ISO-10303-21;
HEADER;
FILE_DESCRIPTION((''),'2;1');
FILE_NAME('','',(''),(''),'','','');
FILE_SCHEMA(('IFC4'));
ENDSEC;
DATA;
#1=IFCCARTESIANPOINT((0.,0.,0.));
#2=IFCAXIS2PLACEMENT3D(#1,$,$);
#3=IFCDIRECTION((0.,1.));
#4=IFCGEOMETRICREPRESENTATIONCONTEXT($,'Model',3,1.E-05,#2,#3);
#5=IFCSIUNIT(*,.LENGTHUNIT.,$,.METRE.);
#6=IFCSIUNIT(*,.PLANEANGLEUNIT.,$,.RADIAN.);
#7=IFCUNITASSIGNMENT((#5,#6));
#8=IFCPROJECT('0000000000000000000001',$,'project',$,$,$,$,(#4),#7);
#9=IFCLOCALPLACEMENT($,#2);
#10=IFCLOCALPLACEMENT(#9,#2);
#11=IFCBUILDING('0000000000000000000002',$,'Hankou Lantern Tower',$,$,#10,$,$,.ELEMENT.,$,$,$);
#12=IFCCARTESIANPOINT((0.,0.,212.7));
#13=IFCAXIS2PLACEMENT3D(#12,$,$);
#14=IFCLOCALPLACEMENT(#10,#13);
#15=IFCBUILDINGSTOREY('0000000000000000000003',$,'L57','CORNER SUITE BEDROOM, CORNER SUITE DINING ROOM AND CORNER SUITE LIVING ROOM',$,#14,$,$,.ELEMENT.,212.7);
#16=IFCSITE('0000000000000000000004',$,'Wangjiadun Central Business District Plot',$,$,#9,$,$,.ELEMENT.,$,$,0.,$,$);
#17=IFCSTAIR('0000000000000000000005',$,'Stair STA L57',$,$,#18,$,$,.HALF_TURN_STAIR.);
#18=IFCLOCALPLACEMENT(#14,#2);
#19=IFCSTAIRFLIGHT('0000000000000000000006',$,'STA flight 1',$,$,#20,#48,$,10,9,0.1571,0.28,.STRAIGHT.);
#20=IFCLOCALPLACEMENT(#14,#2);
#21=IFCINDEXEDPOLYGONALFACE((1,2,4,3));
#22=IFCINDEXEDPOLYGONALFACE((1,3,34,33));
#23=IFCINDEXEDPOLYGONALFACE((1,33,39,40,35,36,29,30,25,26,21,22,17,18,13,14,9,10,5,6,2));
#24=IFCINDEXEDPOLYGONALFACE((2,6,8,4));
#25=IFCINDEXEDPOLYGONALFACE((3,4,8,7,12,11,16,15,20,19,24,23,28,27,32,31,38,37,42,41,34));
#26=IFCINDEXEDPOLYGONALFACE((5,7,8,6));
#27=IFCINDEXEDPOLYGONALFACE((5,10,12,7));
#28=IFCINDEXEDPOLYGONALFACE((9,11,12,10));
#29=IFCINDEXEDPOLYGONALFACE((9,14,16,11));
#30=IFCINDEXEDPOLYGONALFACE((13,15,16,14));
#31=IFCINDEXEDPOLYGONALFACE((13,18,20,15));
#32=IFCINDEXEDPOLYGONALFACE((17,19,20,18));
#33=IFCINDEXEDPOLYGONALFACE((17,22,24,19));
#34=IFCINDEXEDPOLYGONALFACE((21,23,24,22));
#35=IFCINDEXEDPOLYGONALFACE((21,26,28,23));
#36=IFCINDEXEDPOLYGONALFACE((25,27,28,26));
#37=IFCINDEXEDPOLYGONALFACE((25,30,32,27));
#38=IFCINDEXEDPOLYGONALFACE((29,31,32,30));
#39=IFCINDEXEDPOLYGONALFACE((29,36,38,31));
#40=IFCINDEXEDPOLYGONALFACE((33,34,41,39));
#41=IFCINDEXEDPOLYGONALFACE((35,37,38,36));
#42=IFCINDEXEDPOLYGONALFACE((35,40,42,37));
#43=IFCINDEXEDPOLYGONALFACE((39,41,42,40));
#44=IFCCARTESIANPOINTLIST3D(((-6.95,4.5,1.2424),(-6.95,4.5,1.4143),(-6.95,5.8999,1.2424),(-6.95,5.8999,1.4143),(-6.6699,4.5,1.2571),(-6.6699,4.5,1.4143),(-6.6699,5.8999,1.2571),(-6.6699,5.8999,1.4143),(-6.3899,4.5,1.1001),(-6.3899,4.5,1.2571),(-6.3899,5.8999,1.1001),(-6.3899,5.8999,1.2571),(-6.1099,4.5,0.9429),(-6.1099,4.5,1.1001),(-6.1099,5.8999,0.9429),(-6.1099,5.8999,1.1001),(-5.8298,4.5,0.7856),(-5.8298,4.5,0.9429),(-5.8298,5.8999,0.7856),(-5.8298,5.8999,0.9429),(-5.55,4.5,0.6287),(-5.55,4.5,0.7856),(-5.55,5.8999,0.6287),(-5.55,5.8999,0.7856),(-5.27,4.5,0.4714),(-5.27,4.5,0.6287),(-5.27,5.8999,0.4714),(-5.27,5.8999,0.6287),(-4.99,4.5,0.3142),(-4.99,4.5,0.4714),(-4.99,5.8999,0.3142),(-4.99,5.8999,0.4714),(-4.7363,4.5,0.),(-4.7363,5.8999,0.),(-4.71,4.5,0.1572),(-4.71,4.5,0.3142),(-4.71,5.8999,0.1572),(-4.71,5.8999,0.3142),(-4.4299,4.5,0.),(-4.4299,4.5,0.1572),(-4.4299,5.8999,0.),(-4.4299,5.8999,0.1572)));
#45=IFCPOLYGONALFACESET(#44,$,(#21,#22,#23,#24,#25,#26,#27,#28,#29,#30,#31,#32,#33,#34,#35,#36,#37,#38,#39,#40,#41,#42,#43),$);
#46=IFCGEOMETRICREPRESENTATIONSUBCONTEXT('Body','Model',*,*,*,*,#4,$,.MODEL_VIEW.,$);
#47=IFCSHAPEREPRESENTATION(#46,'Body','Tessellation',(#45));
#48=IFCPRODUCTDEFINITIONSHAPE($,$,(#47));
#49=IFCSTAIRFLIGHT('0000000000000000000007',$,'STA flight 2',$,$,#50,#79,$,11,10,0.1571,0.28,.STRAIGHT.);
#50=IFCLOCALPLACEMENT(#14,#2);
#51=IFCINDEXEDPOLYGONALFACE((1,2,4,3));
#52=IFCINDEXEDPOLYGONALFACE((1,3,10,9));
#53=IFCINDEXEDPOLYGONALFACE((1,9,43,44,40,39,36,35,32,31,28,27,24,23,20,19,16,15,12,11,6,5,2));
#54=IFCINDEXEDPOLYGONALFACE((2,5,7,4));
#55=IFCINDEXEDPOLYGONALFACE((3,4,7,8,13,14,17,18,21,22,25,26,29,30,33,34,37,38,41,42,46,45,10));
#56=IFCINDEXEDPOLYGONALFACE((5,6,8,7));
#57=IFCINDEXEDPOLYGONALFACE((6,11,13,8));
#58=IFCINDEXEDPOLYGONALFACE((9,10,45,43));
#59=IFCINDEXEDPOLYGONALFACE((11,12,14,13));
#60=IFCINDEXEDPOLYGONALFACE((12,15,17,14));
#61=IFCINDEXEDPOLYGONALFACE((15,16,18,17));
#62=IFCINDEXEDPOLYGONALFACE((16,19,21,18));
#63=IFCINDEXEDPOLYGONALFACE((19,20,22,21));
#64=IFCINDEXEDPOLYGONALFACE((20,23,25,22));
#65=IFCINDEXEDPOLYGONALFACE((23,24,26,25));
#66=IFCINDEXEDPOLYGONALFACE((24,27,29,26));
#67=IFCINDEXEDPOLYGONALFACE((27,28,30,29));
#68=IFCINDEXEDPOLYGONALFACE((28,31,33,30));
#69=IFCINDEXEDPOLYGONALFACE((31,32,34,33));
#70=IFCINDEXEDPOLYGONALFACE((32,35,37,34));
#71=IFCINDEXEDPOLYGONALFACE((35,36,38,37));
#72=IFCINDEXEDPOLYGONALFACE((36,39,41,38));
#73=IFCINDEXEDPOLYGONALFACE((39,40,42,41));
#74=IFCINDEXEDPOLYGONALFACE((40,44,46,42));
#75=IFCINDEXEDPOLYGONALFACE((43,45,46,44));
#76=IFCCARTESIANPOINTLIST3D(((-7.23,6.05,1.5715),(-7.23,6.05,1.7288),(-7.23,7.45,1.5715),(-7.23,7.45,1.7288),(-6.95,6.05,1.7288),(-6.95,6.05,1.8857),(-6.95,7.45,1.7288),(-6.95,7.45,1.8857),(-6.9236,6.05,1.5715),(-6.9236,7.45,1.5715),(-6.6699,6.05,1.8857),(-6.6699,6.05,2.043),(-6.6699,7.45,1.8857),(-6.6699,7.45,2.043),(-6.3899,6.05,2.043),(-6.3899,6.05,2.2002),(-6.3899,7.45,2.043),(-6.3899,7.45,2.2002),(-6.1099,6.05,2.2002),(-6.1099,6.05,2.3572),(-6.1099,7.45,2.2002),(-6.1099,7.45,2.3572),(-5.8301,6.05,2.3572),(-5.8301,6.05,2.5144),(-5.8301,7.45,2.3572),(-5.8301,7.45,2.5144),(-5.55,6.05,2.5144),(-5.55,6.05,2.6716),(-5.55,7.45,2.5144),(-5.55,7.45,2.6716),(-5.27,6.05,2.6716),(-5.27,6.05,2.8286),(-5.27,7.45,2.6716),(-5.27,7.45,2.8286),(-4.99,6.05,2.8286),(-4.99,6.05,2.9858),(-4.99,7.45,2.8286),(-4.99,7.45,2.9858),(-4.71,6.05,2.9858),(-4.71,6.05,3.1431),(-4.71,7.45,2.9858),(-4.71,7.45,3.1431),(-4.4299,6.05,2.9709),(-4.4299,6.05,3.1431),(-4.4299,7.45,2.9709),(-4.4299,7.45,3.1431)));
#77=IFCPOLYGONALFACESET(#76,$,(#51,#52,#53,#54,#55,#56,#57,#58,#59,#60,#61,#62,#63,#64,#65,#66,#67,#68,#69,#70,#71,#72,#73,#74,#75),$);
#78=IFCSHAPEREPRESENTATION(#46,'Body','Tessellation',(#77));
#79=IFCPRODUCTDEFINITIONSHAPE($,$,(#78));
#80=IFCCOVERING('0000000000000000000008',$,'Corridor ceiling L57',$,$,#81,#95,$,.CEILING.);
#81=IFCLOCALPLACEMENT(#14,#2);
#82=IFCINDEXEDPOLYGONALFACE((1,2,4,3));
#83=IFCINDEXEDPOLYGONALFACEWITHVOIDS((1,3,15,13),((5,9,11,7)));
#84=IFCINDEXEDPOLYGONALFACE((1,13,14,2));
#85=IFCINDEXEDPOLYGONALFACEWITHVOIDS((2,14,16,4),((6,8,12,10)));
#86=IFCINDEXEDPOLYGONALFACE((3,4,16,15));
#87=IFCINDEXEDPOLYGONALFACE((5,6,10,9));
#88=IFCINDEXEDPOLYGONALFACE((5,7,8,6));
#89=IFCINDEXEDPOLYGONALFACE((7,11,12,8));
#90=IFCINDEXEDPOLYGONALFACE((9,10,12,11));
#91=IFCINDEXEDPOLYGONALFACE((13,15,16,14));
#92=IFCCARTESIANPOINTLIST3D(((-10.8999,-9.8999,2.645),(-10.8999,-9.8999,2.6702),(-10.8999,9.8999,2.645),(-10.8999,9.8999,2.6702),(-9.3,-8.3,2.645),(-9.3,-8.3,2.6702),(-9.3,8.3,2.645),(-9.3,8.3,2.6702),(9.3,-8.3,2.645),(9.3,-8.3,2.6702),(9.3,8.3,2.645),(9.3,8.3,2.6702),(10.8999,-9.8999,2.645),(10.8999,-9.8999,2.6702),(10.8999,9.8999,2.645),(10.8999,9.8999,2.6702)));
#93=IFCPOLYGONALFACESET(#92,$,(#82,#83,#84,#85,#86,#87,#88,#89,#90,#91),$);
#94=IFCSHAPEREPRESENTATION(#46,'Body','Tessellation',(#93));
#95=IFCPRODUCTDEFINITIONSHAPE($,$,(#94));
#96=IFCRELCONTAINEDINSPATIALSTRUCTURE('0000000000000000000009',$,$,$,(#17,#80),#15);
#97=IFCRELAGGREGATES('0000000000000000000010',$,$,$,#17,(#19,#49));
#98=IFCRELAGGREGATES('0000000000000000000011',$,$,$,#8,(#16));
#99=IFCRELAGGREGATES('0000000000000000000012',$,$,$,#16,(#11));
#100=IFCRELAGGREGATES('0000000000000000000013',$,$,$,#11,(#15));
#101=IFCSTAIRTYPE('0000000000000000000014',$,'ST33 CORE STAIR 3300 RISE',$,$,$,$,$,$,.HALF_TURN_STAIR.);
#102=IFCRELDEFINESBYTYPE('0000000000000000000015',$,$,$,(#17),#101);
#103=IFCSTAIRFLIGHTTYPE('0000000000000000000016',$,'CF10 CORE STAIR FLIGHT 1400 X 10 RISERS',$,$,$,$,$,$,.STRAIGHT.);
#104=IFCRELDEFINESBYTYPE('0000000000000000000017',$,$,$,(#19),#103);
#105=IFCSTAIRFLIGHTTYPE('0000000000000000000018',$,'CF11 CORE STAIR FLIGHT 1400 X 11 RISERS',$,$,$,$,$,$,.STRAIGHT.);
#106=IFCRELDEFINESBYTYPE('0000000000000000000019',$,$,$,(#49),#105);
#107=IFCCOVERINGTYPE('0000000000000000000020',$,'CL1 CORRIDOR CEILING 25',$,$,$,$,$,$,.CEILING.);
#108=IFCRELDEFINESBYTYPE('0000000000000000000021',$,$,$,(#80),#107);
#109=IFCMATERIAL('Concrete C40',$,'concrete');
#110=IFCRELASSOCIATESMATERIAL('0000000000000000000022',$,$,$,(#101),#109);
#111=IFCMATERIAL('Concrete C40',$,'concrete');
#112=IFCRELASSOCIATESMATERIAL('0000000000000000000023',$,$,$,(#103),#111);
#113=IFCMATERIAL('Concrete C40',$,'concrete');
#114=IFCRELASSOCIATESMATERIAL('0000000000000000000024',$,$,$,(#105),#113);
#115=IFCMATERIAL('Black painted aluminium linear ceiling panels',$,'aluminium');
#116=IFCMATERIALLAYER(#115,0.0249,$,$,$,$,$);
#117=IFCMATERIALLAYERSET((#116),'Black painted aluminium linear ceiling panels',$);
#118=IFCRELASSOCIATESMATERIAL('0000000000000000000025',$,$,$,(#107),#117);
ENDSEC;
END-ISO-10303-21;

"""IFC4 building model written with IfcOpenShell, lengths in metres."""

from ifc_helpers import new_model, si_unit, direction, frame, origin, place, context, subcontext, project, spatial, polyline, outline, extrude, material, layer, layer_set, type_object, element, aggregate, save


model = new_model("IFC4")

# Units and contexts
model_context = context("Model", 3, precision=1e-05, world=origin(), true_north=direction((0.0, 1.0)))
body_context = subcontext(model_context, "Body", "Model", "MODEL_VIEW")
ifc_project = project(units=[si_unit("LENGTHUNIT", "METRE"), si_unit("PLANEANGLEUNIT", "RADIAN")], contexts=[model_context])

# Site, building, storey
site_placement = place(None, origin())
site = spatial("IfcSite", under=ifc_project, at=site_placement, Name="Wangjiadun Central Business District Plot", CompositionType="ELEMENT", RefElevation=0.0)
building_placement = place(site_placement, origin())
building = spatial("IfcBuilding", under=site, at=building_placement, Name="Hankou Lantern Tower", CompositionType="ELEMENT")
storey_placement = place(building_placement, frame((0.0, 0.0, 212.7)))
storey = spatial("IfcBuildingStorey", under=building, at=storey_placement, Name="L57", Description="CORNER SUITE BEDROOM, CORNER SUITE DINING ROOM AND CORNER SUITE LIVING ROOM", CompositionType="ELEMENT", Elevation=212.7)

# Stair, stair flights
ifc_material_1 = material(Name="Concrete C40", Category="concrete")
stair_type = type_object("IfcStairType", Name="ST33 CORE STAIR 3300 RISE", PredefinedType="HALF_TURN_STAIR", material=ifc_material_1)
stair_placement = place(storey_placement, origin())
stair = element("IfcStair", 1, at=stair_placement, inside=storey, type_object=stair_type, Name="Stair STA L57", PredefinedType="HALF_TURN_STAIR")
ifc_material_2 = material(Name="Concrete C40", Category="concrete")
stair_flight_type_1 = type_object("IfcStairFlightType", Name="CF10 CORE STAIR FLIGHT 1400 X 10 RISERS", PredefinedType="STRAIGHT", material=ifc_material_2)
stair_flight_1_placement = place(storey_placement, frame((-4.4299, 5.2, 0.0), z_axis=(0.0, 0.0, 1.0), x_axis=(-1.0, 0.0, 0.0)))
stair_flight_1 = element("IfcStairFlight", 2, at=stair_flight_1_placement, type_object=stair_flight_type_1, Name="STA flight 1", NumberOfRisers=10, NumberOfTreads=9, PredefinedType="STRAIGHT", RiserHeight=0.1571, TreadLength=0.28, context=body_context, shape_type="SweptSolid", body=[
    extrude(outline(polyline([(0.0, 0.0), (0.0, 0.1572), (0.28, 0.1572), (0.28, 0.3142), (0.5601, 0.3142), (0.5601, 0.4714), (0.8401, 0.4714), (0.8401, 0.6287), (1.1201, 0.6287), (1.1201, 0.7856), (1.3999, 0.7856), (1.3999, 0.9429), (1.6799, 0.9429), (1.6799, 1.1001), (1.96, 1.1001), (1.96, 1.2571), (2.24, 1.2571), (2.24, 1.4143), (2.52, 1.4143), (2.52, 1.5715), (2.52, 1.2424), (0.3064, 0.0), (0.0, 0.0)])), frame((0.0, 0.7, 0.0), z_axis=(0.0, -1.0, 0.0), x_axis=(1.0, 0.0, 0.0)), (0.0, 0.0, 1.0), 1.3999),
])
ifc_material_3 = material(Name="Concrete C40", Category="concrete")
stair_flight_type_2 = type_object("IfcStairFlightType", Name="CF11 CORE STAIR FLIGHT 1400 X 11 RISERS", PredefinedType="STRAIGHT", material=ifc_material_3)
stair_flight_2_placement = place(storey_placement, frame((-7.23, 6.75, 1.5715), z_axis=(0.0, 0.0, 1.0), x_axis=(1.0, 0.0, 0.0)))
stair_flight_2 = element("IfcStairFlight", 3, at=stair_flight_2_placement, type_object=stair_flight_type_2, Name="STA flight 2", NumberOfRisers=11, NumberOfTreads=10, PredefinedType="STRAIGHT", RiserHeight=0.1571, TreadLength=0.28, context=body_context, shape_type="SweptSolid", body=[
    extrude(outline(polyline([(0.0, 0.0), (0.0, 0.1572), (0.28, 0.1572), (0.28, 0.3142), (0.5601, 0.3142), (0.5601, 0.4714), (0.8401, 0.4714), (0.8401, 0.6287), (1.1201, 0.6287), (1.1201, 0.7856), (1.3999, 0.7856), (1.3999, 0.9429), (1.6799, 0.9429), (1.6799, 1.1001), (1.96, 1.1001), (1.96, 1.2571), (2.24, 1.2571), (2.24, 1.4143), (2.52, 1.4143), (2.52, 1.5715), (2.8, 1.5715), (2.8, 1.7285), (2.8, 1.3994), (0.3064, 0.0), (0.0, 0.0)])), frame((0.0, 0.7, 0.0), z_axis=(0.0, -1.0, 0.0), x_axis=(1.0, 0.0, 0.0)), (0.0, 0.0, 1.0), 1.3999),
])
aggregate(stair, [stair_flight_1, stair_flight_2])

# Covering
ifc_material_4 = material(Name="Black painted aluminium linear ceiling panels", Category="aluminium")
ifc_layer_1 = layer(ifc_material_4, 0.0249)
ifc_layer_set_1 = layer_set([ifc_layer_1], Name="Black painted aluminium linear ceiling panels")
covering_type = type_object("IfcCoveringType", Name="CL1 CORRIDOR CEILING 25", PredefinedType="CEILING", material=ifc_layer_set_1)
covering_placement = place(storey_placement, frame((0.0, 0.0, 2.645)))
element("IfcCovering", 4, at=covering_placement, inside=storey, type_object=covering_type, Name="Corridor ceiling L57", PredefinedType="CEILING", context=body_context, shape_type="SweptSolid", body=[
    extrude(outline(polyline([(-10.8999, -9.8999), (10.8999, -9.8999), (10.8999, 9.8999), (-10.8999, 9.8999), (-10.8999, -9.8999)]), holes=[polyline([(-9.3, 8.3), (9.3, 8.3), (9.3, -8.3), (-9.3, -8.3), (-9.3, 8.3)])]), origin(), (0.0, 0.0, 1.0), 0.0251),
])

save(model, "model.ifc")
